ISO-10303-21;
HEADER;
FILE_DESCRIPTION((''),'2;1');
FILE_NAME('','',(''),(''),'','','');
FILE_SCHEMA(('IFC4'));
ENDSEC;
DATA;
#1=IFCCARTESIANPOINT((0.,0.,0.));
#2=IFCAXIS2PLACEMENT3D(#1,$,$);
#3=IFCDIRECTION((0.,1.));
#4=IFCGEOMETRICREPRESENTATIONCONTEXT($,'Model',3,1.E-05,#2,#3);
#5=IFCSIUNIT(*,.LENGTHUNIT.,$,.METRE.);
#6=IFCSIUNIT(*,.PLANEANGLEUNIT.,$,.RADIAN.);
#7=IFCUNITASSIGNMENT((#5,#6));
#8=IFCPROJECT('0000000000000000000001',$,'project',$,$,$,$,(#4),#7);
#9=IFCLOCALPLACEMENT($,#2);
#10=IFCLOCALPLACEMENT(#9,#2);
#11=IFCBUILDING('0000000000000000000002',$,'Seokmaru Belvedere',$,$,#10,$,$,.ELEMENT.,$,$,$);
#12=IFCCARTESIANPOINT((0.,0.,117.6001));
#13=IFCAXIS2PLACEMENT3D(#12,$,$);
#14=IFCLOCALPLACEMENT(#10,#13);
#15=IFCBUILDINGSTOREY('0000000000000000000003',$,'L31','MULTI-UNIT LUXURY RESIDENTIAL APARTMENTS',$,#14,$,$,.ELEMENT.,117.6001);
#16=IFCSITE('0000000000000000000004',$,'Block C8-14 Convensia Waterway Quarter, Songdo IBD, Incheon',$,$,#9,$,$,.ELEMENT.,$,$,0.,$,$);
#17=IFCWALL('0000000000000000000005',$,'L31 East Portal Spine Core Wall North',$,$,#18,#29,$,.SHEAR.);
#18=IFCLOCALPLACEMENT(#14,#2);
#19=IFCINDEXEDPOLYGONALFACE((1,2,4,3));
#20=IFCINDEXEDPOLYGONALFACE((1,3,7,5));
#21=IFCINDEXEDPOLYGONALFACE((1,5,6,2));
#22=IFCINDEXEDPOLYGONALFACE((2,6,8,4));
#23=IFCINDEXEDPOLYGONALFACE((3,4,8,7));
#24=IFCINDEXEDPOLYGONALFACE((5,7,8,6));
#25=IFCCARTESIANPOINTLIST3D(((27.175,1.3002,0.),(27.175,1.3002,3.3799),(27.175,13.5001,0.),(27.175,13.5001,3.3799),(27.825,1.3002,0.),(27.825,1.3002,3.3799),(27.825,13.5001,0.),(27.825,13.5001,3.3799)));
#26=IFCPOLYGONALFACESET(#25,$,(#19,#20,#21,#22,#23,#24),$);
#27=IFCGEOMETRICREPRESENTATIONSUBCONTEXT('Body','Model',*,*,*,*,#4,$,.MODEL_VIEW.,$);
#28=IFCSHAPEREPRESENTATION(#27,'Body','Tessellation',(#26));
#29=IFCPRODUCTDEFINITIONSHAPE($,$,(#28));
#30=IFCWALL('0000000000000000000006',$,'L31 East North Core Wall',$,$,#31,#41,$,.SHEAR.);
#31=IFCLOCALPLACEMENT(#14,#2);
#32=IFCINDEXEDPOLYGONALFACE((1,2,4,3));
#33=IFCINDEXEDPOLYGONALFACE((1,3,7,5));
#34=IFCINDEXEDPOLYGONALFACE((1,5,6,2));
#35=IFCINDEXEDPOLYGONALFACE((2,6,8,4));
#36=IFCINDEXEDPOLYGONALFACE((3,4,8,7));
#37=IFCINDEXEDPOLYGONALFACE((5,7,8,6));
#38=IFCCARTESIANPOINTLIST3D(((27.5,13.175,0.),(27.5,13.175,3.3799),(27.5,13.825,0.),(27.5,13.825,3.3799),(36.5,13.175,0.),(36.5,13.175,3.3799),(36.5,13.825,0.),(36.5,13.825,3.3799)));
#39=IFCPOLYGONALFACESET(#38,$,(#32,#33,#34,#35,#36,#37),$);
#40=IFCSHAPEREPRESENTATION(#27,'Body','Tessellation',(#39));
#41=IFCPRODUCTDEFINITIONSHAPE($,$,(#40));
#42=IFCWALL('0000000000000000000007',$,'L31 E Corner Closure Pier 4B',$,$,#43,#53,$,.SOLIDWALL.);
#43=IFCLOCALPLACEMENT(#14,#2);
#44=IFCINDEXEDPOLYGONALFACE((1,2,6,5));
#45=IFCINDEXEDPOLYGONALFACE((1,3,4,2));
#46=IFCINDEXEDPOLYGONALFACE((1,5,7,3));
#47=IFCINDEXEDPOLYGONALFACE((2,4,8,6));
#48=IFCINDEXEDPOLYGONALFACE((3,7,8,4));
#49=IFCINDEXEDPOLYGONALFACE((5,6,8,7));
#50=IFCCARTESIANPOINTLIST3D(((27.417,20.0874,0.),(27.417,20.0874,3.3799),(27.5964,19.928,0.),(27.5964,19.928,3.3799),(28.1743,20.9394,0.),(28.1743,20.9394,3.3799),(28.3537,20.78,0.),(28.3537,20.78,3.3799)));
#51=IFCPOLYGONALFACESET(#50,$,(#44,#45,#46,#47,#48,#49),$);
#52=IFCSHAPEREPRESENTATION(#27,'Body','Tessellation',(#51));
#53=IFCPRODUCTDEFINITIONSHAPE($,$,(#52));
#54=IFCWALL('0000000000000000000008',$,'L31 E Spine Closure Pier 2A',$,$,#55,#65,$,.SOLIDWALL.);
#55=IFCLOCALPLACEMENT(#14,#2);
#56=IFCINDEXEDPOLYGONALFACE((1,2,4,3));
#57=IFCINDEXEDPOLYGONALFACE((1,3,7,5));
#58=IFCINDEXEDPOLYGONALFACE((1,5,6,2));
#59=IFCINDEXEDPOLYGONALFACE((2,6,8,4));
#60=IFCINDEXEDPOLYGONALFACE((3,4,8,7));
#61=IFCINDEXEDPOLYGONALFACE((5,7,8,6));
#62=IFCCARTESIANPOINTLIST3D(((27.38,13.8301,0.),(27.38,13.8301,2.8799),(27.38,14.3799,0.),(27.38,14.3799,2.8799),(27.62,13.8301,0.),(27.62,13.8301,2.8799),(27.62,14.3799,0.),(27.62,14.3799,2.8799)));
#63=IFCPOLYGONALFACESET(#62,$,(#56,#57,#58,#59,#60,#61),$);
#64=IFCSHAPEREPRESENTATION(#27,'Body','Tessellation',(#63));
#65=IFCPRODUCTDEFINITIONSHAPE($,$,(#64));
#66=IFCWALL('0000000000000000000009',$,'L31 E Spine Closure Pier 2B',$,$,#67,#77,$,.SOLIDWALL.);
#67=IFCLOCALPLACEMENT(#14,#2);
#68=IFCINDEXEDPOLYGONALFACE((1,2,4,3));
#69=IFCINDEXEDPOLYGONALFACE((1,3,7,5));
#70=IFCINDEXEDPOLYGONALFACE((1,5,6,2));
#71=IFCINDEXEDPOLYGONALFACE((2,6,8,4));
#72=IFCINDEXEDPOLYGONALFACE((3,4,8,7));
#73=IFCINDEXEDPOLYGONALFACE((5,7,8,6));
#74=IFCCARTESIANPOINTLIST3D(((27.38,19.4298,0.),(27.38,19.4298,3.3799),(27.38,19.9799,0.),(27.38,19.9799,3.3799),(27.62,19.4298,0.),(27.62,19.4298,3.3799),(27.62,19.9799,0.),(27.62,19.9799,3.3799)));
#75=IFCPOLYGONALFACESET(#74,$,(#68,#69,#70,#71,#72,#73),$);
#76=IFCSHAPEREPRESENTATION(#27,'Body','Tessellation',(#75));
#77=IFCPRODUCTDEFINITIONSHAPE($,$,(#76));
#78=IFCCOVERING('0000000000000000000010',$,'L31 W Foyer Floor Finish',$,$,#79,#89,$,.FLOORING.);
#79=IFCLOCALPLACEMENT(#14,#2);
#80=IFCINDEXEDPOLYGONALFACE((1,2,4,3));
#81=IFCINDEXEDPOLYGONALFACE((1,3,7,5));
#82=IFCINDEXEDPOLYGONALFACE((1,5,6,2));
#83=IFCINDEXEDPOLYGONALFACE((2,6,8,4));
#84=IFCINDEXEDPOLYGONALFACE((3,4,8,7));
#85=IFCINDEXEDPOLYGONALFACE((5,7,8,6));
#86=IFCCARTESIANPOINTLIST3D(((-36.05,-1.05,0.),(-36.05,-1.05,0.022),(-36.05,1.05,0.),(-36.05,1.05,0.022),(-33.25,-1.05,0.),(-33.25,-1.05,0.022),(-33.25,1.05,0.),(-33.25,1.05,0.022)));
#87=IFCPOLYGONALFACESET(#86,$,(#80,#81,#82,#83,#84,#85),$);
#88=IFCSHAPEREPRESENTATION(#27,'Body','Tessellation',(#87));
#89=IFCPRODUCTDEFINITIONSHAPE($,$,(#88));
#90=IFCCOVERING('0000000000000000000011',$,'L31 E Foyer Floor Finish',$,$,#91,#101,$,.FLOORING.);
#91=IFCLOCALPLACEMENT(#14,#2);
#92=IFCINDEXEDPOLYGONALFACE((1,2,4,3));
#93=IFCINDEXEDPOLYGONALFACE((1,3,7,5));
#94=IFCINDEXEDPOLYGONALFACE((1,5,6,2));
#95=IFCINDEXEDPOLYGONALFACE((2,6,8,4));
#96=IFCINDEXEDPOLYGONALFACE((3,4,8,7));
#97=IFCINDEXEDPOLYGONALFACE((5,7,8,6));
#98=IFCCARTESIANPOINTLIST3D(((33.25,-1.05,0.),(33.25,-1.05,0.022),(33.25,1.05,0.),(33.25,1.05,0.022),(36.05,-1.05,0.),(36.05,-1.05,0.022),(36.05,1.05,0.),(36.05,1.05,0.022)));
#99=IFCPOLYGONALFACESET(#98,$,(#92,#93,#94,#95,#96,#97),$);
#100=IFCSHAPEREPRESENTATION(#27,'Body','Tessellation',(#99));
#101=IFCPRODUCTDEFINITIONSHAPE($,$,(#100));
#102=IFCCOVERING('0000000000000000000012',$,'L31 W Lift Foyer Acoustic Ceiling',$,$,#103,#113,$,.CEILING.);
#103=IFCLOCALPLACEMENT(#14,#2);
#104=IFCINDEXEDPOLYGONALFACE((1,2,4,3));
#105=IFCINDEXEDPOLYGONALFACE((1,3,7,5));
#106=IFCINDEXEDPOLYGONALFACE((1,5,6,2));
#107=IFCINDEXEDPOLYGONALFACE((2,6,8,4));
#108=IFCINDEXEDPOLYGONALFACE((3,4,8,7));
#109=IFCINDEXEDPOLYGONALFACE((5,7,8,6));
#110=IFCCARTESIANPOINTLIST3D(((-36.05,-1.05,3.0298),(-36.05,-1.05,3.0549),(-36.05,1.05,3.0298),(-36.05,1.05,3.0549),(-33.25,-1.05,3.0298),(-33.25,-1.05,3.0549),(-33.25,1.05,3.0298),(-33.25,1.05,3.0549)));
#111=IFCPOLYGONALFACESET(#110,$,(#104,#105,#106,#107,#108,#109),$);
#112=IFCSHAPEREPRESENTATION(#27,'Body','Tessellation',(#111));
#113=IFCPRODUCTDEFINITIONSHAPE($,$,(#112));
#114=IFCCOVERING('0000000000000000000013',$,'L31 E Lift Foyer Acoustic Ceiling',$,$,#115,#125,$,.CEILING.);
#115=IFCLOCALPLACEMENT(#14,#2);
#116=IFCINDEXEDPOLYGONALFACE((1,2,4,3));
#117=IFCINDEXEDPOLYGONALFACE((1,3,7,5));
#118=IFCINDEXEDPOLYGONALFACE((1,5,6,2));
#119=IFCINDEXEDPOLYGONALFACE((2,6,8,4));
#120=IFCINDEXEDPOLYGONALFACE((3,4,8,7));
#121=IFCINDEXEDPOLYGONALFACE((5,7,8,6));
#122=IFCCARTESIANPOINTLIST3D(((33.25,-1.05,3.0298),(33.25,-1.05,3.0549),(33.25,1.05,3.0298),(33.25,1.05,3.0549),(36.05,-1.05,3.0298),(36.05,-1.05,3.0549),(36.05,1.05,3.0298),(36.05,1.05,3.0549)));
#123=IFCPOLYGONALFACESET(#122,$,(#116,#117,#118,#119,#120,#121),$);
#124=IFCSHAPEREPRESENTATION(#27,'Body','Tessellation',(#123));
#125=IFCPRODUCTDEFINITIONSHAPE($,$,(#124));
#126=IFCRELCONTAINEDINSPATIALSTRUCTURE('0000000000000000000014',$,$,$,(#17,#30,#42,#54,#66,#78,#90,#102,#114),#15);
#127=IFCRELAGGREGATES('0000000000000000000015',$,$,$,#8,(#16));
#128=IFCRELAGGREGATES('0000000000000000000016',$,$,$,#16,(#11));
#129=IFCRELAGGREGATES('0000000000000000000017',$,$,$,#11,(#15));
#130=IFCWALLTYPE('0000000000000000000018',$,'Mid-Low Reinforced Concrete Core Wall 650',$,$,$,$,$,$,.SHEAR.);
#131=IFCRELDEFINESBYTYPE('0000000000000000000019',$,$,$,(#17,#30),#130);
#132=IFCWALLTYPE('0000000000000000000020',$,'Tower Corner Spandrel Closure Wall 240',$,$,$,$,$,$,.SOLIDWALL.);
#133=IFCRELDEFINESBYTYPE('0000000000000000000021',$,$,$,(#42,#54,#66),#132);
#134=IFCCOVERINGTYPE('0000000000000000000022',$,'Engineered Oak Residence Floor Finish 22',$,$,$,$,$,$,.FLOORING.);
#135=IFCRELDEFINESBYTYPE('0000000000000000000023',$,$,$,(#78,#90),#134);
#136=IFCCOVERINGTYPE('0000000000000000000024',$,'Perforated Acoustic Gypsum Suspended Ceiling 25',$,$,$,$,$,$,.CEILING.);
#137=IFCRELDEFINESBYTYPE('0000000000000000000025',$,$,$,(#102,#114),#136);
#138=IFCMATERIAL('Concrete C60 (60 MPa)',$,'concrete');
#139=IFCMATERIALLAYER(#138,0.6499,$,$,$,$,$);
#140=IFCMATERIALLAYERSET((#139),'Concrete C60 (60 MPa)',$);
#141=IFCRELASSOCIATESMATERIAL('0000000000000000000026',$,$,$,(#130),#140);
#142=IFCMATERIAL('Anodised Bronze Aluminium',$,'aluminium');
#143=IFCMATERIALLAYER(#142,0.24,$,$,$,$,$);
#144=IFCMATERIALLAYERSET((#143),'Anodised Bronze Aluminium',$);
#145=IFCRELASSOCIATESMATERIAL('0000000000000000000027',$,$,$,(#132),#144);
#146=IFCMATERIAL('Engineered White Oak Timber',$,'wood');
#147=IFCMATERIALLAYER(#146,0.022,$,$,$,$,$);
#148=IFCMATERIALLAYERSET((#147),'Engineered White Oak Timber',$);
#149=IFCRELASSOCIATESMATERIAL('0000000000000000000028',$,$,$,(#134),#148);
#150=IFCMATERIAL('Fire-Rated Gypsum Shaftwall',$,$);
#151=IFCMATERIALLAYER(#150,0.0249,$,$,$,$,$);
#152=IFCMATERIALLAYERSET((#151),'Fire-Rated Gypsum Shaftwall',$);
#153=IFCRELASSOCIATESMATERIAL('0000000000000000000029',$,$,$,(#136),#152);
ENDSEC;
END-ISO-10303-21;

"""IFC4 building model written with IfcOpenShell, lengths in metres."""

from ifc_helpers import new_model, si_unit, direction, frame, frame_2d, origin, place, context, subcontext, project, spatial, polyline, rectangle, outline, extrude, material, layer, layer_set, type_object, element, save


model = new_model("IFC4")

# Units and contexts
model_context = context("Model", 3, precision=1e-05, world=origin(), true_north=direction((0.0, 1.0)))
body_context = subcontext(model_context, "Body", "Model", "MODEL_VIEW")
ifc_project = project(units=[si_unit("LENGTHUNIT", "METRE"), si_unit("PLANEANGLEUNIT", "RADIAN")], contexts=[model_context])

# Site, building, storey
site_placement = place(None, origin())
site = spatial("IfcSite", under=ifc_project, at=site_placement, Name="Block C8-14 Convensia Waterway Quarter, Songdo IBD, Incheon", CompositionType="ELEMENT", RefElevation=0.0)
building_placement = place(site_placement, origin())
building = spatial("IfcBuilding", under=site, at=building_placement, Name="Seokmaru Belvedere", CompositionType="ELEMENT")
storey_placement = place(building_placement, frame((0.0, 0.0, 117.6001)))
storey = spatial("IfcBuildingStorey", under=building, at=storey_placement, Name="L31", Description="MULTI-UNIT LUXURY RESIDENTIAL APARTMENTS", CompositionType="ELEMENT", Elevation=117.6001)

# Shared definitions
ifc_material_1 = material(Name="Anodised Bronze Aluminium", Category="aluminium")

# Walls
ifc_material_2 = material(Name="Concrete C60 (60 MPa)", Category="concrete")
ifc_layer_1 = layer(ifc_material_2, 0.6499)
ifc_layer_set_1 = layer_set([ifc_layer_1], Name="Concrete C60 (60 MPa)")
wall_type_1 = type_object("IfcWallType", Name="Mid-Low Reinforced Concrete Core Wall 650", PredefinedType="SHEAR", material=ifc_layer_set_1)
wall_1_placement = place(storey_placement, frame((27.5, 1.3, 0.0), z_axis=(0.0, 0.0, 1.0), x_axis=(0.0, 1.0, 0.0)))
element("IfcWall", 1, at=wall_1_placement, inside=storey, type_object=wall_type_1, Name="L31 East Portal Spine Core Wall North", PredefinedType="SHEAR", context=body_context, shape_type="SweptSolid", body=[
    extrude(rectangle(XDim=12.2, YDim=0.6499, at=frame_2d((6.1001, 0.0))), origin(), (0.0, 0.0, 1.0), 3.3799),
])
wall_2_placement = place(storey_placement, frame((27.5, 13.5, 0.0), z_axis=(0.0, 0.0, 1.0), x_axis=(1.0, 0.0, 0.0)))
element("IfcWall", 2, at=wall_2_placement, inside=storey, type_object=wall_type_1, Name="L31 East North Core Wall", PredefinedType="SHEAR", context=body_context, shape_type="SweptSolid", body=[
    extrude(rectangle(XDim=9.0, YDim=0.6499, at=frame_2d((4.5, 0.0))), origin(), (0.0, 0.0, 1.0), 3.3799),
])
ifc_layer_2 = layer(ifc_material_1, 0.24)
ifc_layer_set_2 = layer_set([ifc_layer_2], Name="Anodised Bronze Aluminium")
wall_type_2 = type_object("IfcWallType", Name="Tower Corner Spandrel Closure Wall 240", PredefinedType="SOLIDWALL", material=ifc_layer_set_2)
wall_3_placement = place(storey_placement, frame((28.2639, 20.8596, 0.0), z_axis=(0.0, 0.0, 1.0), x_axis=(-0.664337, -0.747433, 0.0)))
element("IfcWall", 3, at=wall_3_placement, inside=storey, type_object=wall_type_2, Name="L31 E Corner Closure Pier 4B", PredefinedType="SOLIDWALL", context=body_context, shape_type="SweptSolid", body=[
    extrude(rectangle(XDim=1.1399, YDim=0.24, at=frame_2d((0.5698, 0.0))), origin(), (0.0, 0.0, 1.0), 3.3799),
])
wall_4_placement = place(storey_placement, frame((27.5, 13.8301, 0.0), z_axis=(0.0, 0.0, 1.0), x_axis=(0.0, 1.0, 0.0)))
element("IfcWall", 4, at=wall_4_placement, inside=storey, type_object=wall_type_2, Name="L31 E Spine Closure Pier 2A", PredefinedType="SOLIDWALL", context=body_context, shape_type="SweptSolid", body=[
    extrude(rectangle(XDim=0.5498, YDim=0.24, at=frame_2d((0.2749, 0.0))), origin(), (0.0, 0.0, 1.0), 2.8799),
])
wall_5_placement = place(storey_placement, frame((27.5, 19.4299, 0.0), z_axis=(0.0, 0.0, 1.0), x_axis=(0.0, 1.0, 0.0)))
element("IfcWall", 5, at=wall_5_placement, inside=storey, type_object=wall_type_2, Name="L31 E Spine Closure Pier 2B", PredefinedType="SOLIDWALL", context=body_context, shape_type="SweptSolid", body=[
    extrude(rectangle(XDim=0.55, YDim=0.24, at=frame_2d((0.2749, 0.0))), origin(), (0.0, 0.0, 1.0), 3.3799),
])

# Coverings
ifc_material_3 = material(Name="Engineered White Oak Timber", Category="wood")
ifc_layer_3 = layer(ifc_material_3, 0.022)
ifc_layer_set_3 = layer_set([ifc_layer_3], Name="Engineered White Oak Timber")
covering_type_1 = type_object("IfcCoveringType", Name="Engineered Oak Residence Floor Finish 22", PredefinedType="FLOORING", material=ifc_layer_set_3)
covering_1_placement = place(storey_placement, origin())
element("IfcCovering", 6, at=covering_1_placement, inside=storey, type_object=covering_type_1, Name="L31 W Foyer Floor Finish", PredefinedType="FLOORING", context=body_context, shape_type="SweptSolid", body=[
    extrude(outline(polyline([(-36.05, -1.05), (-33.25, -1.05), (-33.25, 1.05), (-36.05, 1.05), (-36.05, -1.05)])), origin(), (0.0, 0.0, 1.0), 0.022),
])
covering_2_placement = place(storey_placement, origin())
element("IfcCovering", 7, at=covering_2_placement, inside=storey, type_object=covering_type_1, Name="L31 E Foyer Floor Finish", PredefinedType="FLOORING", context=body_context, shape_type="SweptSolid", body=[
    extrude(outline(polyline([(33.25, -1.05), (36.05, -1.05), (36.05, 1.05), (33.25, 1.05), (33.25, -1.05)])), origin(), (0.0, 0.0, 1.0), 0.022),
])
ifc_material_4 = material(Name="Fire-Rated Gypsum Shaftwall")
ifc_layer_4 = layer(ifc_material_4, 0.0249)
ifc_layer_set_4 = layer_set([ifc_layer_4], Name="Fire-Rated Gypsum Shaftwall")
covering_type_2 = type_object("IfcCoveringType", Name="Perforated Acoustic Gypsum Suspended Ceiling 25", PredefinedType="CEILING", material=ifc_layer_set_4)
covering_3_placement = place(storey_placement, frame((0.0, 0.0, 3.0298)))
element("IfcCovering", 8, at=covering_3_placement, inside=storey, type_object=covering_type_2, Name="L31 W Lift Foyer Acoustic Ceiling", PredefinedType="CEILING", context=body_context, shape_type="SweptSolid", body=[
    extrude(outline(polyline([(-36.05, -1.05), (-33.25, -1.05), (-33.25, 1.05), (-36.05, 1.05), (-36.05, -1.05)])), origin(), (0.0, 0.0, 1.0), 0.0251),
])
covering_4_placement = place(storey_placement, frame((0.0, 0.0, 3.0298)))
element("IfcCovering", 9, at=covering_4_placement, inside=storey, type_object=covering_type_2, Name="L31 E Lift Foyer Acoustic Ceiling", PredefinedType="CEILING", context=body_context, shape_type="SweptSolid", body=[
    extrude(outline(polyline([(33.25, -1.05), (36.05, -1.05), (36.05, 1.05), (33.25, 1.05), (33.25, -1.05)])), origin(), (0.0, 0.0, 1.0), 0.0251),
])

save(model, "model.ifc")
